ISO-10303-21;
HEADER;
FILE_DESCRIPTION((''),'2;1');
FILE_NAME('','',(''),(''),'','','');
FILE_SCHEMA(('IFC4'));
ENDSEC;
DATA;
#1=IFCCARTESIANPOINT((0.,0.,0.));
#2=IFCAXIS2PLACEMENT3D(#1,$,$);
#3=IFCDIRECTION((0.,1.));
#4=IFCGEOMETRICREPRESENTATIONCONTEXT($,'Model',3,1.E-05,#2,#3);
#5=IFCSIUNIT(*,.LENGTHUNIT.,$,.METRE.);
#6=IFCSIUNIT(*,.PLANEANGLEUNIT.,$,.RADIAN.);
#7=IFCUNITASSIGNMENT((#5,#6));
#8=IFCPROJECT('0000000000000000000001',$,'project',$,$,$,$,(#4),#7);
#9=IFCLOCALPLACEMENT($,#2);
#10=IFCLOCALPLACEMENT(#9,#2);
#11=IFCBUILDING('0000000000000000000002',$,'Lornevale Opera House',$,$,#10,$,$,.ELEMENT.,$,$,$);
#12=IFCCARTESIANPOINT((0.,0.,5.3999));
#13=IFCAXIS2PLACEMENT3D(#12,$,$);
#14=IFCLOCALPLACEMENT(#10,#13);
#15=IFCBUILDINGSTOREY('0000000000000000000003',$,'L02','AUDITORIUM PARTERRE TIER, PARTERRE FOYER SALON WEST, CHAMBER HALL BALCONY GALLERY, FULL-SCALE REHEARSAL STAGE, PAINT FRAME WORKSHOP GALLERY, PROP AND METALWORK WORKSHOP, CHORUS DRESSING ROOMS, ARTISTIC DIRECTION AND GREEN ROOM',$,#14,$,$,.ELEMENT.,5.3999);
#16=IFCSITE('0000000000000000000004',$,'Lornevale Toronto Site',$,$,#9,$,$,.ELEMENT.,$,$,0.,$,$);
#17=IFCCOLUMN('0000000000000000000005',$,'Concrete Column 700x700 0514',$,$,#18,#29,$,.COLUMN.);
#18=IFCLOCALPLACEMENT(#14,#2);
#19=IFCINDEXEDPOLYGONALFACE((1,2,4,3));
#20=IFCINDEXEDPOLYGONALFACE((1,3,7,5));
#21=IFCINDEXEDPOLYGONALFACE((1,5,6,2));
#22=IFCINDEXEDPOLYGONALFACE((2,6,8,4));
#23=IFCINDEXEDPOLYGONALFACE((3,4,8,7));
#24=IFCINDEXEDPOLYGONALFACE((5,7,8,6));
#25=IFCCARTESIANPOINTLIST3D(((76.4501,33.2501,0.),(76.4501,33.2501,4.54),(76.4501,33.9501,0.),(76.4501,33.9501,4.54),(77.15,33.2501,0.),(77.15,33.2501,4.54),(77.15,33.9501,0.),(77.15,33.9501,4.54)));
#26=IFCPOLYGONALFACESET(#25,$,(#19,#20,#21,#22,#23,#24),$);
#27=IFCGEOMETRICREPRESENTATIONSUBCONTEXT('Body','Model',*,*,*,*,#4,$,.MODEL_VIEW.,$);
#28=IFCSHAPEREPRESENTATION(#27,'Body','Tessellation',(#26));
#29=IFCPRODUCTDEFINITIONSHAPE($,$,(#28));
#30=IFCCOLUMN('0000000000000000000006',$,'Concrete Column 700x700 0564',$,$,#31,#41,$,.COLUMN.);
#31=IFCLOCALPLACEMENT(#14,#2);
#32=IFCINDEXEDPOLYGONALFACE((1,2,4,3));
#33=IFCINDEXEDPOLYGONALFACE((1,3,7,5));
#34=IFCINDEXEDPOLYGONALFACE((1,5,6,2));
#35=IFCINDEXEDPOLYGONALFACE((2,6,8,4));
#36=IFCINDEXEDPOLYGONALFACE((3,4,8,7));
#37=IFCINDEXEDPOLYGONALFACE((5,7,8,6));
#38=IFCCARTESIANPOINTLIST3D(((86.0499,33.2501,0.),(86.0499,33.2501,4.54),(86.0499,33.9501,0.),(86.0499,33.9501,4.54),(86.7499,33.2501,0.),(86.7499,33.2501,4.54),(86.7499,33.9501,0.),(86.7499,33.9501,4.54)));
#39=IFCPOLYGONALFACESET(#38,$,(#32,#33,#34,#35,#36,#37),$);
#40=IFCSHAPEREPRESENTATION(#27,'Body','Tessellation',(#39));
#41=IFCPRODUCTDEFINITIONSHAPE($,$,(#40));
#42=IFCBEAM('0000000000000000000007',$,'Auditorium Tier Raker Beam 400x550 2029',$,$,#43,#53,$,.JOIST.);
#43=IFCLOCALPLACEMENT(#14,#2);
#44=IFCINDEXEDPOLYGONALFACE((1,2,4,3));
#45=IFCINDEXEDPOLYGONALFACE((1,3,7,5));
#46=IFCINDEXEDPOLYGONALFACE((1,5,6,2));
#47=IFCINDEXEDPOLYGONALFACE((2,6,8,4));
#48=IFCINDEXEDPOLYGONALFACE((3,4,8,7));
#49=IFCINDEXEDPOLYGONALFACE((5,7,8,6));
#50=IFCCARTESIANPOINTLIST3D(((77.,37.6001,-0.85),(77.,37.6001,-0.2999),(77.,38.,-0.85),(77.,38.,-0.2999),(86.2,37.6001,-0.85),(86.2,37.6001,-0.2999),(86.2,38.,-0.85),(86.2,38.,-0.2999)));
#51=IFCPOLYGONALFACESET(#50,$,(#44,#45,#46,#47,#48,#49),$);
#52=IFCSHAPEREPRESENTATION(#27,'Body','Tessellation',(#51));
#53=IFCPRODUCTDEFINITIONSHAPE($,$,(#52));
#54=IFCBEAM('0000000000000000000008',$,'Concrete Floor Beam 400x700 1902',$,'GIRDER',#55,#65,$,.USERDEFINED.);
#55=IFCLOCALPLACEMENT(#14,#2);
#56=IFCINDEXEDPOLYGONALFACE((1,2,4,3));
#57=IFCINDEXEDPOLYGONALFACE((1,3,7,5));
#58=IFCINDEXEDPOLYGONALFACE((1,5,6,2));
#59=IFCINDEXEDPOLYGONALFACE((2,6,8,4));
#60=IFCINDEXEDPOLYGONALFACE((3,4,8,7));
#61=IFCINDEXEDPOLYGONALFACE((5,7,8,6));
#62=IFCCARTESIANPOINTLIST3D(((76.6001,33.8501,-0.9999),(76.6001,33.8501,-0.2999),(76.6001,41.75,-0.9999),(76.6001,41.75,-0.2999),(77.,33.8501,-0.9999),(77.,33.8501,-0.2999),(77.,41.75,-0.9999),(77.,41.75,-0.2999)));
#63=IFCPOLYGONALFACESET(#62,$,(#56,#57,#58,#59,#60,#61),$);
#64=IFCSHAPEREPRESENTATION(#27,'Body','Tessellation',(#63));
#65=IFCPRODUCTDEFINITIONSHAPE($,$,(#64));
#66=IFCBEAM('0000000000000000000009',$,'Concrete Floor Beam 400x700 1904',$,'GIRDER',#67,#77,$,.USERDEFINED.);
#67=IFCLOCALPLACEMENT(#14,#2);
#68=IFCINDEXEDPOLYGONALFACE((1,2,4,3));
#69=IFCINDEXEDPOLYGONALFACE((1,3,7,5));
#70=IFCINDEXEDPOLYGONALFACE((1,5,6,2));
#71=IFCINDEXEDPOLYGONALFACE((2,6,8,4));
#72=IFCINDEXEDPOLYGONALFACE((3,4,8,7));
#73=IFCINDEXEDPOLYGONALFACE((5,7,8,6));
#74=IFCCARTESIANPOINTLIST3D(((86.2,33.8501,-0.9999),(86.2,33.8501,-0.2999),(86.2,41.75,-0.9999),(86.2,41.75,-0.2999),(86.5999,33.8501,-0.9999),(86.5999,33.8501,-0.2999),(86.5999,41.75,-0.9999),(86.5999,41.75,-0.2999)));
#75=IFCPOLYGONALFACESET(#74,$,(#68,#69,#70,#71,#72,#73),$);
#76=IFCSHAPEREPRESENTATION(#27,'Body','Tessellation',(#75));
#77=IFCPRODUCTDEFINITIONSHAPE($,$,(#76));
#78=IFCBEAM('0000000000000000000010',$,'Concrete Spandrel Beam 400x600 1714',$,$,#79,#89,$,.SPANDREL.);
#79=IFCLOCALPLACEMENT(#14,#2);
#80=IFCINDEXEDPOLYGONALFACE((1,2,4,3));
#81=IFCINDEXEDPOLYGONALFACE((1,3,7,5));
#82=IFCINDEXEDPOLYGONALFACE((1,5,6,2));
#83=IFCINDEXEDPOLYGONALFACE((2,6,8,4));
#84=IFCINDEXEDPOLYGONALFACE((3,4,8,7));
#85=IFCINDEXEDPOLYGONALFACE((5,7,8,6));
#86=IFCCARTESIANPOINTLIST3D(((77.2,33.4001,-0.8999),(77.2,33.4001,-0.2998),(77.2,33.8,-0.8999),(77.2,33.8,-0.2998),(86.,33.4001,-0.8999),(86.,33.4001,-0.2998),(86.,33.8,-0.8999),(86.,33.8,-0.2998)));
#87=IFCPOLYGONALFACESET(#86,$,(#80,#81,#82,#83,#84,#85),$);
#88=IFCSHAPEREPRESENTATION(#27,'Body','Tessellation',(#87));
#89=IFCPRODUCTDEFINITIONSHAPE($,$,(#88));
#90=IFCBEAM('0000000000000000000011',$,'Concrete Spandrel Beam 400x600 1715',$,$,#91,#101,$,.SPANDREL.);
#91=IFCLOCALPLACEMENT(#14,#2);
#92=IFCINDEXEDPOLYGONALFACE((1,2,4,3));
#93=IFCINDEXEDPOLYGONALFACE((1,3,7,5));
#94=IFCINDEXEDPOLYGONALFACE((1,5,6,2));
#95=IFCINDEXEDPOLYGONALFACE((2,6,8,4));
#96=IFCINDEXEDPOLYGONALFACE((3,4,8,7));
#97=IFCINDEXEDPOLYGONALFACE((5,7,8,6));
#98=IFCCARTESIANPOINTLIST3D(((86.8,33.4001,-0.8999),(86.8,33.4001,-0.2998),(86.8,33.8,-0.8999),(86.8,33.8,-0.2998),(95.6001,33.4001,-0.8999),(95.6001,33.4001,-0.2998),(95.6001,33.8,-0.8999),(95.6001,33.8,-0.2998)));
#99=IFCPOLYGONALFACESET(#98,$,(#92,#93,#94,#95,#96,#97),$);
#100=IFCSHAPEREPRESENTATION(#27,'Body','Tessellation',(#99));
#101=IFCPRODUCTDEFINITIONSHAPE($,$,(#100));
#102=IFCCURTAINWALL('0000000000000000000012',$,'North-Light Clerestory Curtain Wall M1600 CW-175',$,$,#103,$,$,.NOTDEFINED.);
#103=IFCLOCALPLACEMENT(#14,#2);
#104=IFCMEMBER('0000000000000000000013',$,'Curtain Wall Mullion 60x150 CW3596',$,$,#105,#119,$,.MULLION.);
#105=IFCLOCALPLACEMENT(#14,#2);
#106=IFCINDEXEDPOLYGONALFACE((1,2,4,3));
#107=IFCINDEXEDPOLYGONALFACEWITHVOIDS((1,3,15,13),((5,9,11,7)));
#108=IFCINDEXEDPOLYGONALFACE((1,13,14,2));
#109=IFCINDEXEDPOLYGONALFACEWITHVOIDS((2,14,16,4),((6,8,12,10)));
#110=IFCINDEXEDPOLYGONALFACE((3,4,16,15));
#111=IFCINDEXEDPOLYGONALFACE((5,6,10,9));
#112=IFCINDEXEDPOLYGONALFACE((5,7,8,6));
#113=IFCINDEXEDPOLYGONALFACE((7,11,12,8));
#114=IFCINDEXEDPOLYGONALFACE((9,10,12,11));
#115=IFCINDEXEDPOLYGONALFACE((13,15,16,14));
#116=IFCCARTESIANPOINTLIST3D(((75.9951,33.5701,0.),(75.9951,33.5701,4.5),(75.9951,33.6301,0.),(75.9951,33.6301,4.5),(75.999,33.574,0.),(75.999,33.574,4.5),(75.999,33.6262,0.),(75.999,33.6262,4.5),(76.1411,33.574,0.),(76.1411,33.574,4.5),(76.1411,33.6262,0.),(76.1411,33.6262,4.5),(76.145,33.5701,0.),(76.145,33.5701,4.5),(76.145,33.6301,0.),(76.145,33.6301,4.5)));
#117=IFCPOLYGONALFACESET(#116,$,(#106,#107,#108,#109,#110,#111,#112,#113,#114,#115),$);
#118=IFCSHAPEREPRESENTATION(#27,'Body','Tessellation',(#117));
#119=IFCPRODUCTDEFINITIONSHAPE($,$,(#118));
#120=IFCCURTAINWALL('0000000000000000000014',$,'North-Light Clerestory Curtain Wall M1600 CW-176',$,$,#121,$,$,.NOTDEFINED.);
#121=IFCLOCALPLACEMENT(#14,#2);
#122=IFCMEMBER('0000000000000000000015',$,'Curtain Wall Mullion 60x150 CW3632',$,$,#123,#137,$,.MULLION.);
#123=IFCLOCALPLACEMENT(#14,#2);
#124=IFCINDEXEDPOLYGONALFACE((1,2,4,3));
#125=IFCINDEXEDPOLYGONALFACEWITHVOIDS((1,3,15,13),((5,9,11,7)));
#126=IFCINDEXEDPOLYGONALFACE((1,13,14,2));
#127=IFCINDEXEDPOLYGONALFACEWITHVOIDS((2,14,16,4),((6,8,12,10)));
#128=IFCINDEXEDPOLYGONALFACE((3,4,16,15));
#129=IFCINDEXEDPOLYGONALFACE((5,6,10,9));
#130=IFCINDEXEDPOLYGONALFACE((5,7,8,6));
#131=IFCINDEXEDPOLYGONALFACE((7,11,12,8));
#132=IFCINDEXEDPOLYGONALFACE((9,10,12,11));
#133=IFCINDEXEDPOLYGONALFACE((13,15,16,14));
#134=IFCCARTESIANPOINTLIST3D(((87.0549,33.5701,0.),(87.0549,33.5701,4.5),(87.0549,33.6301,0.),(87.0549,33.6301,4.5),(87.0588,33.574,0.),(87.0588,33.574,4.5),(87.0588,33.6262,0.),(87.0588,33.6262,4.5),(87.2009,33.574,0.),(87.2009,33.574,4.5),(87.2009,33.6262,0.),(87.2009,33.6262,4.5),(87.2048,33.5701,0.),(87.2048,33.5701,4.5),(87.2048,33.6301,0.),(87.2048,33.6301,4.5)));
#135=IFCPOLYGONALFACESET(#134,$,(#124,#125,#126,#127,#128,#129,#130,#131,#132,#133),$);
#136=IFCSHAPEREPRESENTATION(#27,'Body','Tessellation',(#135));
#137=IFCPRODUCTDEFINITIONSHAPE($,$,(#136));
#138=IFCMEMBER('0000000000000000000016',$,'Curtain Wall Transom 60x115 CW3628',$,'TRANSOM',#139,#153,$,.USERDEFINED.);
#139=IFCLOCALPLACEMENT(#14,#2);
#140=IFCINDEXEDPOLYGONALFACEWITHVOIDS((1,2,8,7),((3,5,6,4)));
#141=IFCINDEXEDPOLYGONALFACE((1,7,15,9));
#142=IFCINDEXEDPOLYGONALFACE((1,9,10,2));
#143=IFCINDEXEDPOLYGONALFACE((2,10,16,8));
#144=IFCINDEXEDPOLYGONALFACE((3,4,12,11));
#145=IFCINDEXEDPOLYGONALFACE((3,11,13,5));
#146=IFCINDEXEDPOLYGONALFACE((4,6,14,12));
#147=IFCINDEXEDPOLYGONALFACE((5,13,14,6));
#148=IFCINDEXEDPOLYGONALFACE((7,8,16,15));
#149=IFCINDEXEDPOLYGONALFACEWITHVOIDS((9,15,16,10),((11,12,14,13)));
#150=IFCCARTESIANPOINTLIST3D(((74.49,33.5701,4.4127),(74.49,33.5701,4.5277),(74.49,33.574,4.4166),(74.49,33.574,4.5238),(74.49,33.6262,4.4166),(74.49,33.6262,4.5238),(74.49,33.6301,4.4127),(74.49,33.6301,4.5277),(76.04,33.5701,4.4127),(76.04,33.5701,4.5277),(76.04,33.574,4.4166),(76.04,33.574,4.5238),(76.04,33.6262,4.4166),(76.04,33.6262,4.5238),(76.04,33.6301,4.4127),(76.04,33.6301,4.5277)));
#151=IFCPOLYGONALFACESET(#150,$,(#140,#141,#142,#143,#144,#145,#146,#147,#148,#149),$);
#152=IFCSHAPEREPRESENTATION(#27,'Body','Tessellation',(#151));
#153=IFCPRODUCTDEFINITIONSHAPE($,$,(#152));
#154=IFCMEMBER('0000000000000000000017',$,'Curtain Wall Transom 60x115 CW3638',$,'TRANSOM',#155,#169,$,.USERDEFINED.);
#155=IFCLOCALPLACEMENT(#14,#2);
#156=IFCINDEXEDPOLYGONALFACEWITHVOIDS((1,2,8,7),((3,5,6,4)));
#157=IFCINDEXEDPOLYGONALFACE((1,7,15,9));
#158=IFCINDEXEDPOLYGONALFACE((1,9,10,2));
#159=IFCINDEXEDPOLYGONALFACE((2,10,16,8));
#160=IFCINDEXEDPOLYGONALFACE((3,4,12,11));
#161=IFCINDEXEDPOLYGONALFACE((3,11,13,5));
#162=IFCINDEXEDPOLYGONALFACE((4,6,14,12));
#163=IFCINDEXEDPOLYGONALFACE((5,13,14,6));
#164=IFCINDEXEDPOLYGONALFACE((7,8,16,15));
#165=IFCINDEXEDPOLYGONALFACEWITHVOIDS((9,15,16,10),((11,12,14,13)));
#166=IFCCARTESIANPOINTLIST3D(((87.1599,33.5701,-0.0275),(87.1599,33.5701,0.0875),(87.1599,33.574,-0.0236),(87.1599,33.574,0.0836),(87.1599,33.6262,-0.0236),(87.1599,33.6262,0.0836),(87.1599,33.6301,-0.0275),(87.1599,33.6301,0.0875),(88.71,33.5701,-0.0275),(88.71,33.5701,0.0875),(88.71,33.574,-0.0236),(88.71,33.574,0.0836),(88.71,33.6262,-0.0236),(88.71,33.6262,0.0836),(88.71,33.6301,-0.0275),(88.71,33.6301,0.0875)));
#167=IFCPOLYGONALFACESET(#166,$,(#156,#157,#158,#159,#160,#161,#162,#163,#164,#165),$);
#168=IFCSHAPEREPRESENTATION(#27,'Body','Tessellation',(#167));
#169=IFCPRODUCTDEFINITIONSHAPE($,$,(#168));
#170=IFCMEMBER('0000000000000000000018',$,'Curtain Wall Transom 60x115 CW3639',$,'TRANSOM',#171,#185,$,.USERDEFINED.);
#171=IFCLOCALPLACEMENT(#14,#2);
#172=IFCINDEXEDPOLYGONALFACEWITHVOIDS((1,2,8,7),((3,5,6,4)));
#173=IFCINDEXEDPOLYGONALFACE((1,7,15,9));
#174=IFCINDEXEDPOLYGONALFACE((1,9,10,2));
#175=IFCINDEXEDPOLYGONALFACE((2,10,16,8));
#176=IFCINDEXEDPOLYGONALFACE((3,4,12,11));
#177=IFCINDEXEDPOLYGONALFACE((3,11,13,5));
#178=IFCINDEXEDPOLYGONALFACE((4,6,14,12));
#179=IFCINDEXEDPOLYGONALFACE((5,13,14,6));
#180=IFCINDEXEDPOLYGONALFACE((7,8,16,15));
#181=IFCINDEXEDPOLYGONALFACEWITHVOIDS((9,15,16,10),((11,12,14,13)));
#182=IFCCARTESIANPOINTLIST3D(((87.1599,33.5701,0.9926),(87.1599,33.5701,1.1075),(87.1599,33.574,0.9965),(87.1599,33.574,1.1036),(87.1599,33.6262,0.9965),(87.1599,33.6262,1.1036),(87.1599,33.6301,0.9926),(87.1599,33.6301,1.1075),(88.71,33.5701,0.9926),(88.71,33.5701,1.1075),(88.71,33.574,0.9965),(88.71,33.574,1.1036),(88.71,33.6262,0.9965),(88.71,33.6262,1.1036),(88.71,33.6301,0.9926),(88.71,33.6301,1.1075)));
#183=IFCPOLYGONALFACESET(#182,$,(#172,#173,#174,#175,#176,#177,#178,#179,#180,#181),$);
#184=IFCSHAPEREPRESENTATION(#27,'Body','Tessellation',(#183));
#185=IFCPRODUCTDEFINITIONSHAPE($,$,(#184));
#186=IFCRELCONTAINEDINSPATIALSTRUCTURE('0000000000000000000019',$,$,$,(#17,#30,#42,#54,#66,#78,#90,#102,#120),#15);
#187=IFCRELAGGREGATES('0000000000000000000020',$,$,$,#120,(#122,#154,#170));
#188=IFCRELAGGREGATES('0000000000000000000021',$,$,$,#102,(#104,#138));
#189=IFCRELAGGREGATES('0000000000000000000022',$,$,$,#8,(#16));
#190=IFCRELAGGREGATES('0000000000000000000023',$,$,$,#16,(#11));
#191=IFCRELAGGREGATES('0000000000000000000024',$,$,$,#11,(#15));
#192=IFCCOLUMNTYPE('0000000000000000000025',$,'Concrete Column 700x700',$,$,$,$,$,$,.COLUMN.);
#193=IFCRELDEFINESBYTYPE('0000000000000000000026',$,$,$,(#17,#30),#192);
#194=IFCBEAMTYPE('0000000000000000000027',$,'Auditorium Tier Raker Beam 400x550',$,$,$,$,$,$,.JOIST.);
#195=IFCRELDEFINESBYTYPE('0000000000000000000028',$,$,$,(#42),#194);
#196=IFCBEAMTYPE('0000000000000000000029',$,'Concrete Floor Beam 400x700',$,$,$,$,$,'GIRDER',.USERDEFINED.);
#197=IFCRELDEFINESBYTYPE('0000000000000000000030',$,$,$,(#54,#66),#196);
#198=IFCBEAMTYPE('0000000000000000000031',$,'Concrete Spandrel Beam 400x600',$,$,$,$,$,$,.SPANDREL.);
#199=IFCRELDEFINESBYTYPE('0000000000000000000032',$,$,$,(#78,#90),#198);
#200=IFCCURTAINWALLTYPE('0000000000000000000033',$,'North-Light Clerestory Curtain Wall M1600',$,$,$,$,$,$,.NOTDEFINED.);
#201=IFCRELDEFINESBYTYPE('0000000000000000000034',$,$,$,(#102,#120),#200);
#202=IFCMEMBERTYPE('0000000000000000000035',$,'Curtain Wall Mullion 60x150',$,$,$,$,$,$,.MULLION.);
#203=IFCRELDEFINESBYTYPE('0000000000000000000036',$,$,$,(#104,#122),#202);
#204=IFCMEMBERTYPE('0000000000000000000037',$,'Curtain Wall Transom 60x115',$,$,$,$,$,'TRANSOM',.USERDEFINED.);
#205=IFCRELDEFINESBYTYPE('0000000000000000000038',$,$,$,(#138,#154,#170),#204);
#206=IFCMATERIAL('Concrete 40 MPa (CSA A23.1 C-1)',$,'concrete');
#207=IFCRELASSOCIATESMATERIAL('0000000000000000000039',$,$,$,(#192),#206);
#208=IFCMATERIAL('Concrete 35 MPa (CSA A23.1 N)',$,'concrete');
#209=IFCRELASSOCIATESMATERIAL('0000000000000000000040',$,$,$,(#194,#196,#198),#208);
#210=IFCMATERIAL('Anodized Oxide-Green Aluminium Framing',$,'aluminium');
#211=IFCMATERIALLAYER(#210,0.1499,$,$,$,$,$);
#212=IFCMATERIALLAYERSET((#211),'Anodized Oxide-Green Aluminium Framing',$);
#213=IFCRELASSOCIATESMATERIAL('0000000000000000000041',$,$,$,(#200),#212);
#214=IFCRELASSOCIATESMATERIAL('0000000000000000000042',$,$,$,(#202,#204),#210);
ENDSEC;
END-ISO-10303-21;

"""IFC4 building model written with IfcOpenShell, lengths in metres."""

from ifc_helpers import new_model, si_unit, direction, frame, origin, origin_2d, place, context, subcontext, project, spatial, rectangle, hollow_rectangle, extrude, material, layer, layer_set, material_profile, profile_set, type_object, element, aggregate, save


model = new_model("IFC4")

# Units and contexts
model_context = context("Model", 3, precision=1e-05, world=origin(), true_north=direction((0.0, 1.0)))
body_context = subcontext(model_context, "Body", "Model", "MODEL_VIEW")
ifc_project = project(units=[si_unit("LENGTHUNIT", "METRE"), si_unit("PLANEANGLEUNIT", "RADIAN")], contexts=[model_context])

# Site, building, storey
site_placement = place(None, origin())
site = spatial("IfcSite", under=ifc_project, at=site_placement, Name="Lornevale Toronto Site", CompositionType="ELEMENT", RefElevation=0.0)
building_placement = place(site_placement, origin())
building = spatial("IfcBuilding", under=site, at=building_placement, Name="Lornevale Opera House", CompositionType="ELEMENT")
storey_placement = place(building_placement, frame((0.0, 0.0, 5.3999)))
storey = spatial("IfcBuildingStorey", under=building, at=storey_placement, Name="L02", Description="AUDITORIUM PARTERRE TIER, PARTERRE FOYER SALON WEST, CHAMBER HALL BALCONY GALLERY, FULL-SCALE REHEARSAL STAGE, PAINT FRAME WORKSHOP GALLERY, PROP AND METALWORK WORKSHOP, CHORUS DRESSING ROOMS, ARTISTIC DIRECTION AND GREEN ROOM", CompositionType="ELEMENT", Elevation=5.3999)

# Columns
ifc_material_1 = material(Name="Concrete 40 MPa (CSA A23.1 C-1)", Category="concrete")
ifc_material_profile_1 = material_profile(ifc_material_1, rectangle(XDim=0.7, YDim=0.7, at=origin_2d()), Name="RC700x700")
ifc_profile_set_1 = profile_set([ifc_material_profile_1], Name="Concrete 40 MPa (CSA A23.1 C-1)")
column_type = type_object("IfcColumnType", Name="Concrete Column 700x700", PredefinedType="COLUMN", material=ifc_profile_set_1)
for number, where, z_axis, x_axis, name in (
    (1, (76.8, 33.6001, 0.0), (0.0, 0.0, 1.0), (1.0, 0.0, 0.0), "Concrete Column 700x700 0514"),
    (2, (86.3999, 33.6001, 0.0), (0.0, 0.0, 1.0), (1.0, 0.0, 0.0), "Concrete Column 700x700 0564"),
):
    element("IfcColumn", number, at=place(storey_placement, frame(where, z_axis=z_axis, x_axis=x_axis)), inside=storey, type_object=column_type, Name=name, PredefinedType="COLUMN", context=body_context, shape_type="SweptSolid", body=[
        extrude(rectangle(XDim=0.7, YDim=0.7, at=origin_2d()), origin(), (0.0, 0.0, 1.0), 4.54),
    ])

# Beams
ifc_material_2 = material(Name="Concrete 35 MPa (CSA A23.1 N)", Category="concrete")
ifc_material_profile_2 = material_profile(ifc_material_2, rectangle(XDim=0.3999, YDim=0.55, at=origin_2d()), Name="RC400x550")
ifc_profile_set_2 = profile_set([ifc_material_profile_2], Name="Concrete 35 MPa (CSA A23.1 N)")
beam_type_1 = type_object("IfcBeamType", Name="Auditorium Tier Raker Beam 400x550", PredefinedType="JOIST", material=ifc_profile_set_2)
beam_placement = place(storey_placement, frame((77.0, 37.8, -0.575), z_axis=(1.0, 0.0, 0.0), x_axis=(0.0, 1.0, 0.0)))
element("IfcBeam", 3, at=beam_placement, inside=storey, type_object=beam_type_1, Name="Auditorium Tier Raker Beam 400x550 2029", PredefinedType="JOIST", context=body_context, shape_type="SweptSolid", body=[
    extrude(rectangle(XDim=0.3999, YDim=0.55, at=origin_2d()), origin(), (0.0, 0.0, 1.0), 9.2),
])
ifc_material_profile_3 = material_profile(ifc_material_2, rectangle(XDim=0.3999, YDim=0.7, at=origin_2d()), Name="RC400x700")
ifc_profile_set_3 = profile_set([ifc_material_profile_3], Name="Concrete 35 MPa (CSA A23.1 N)")
beam_type_2 = type_object("IfcBeamType", Name="Concrete Floor Beam 400x700", ElementType="GIRDER", PredefinedType="USERDEFINED", material=ifc_profile_set_3)
for number, where, z_axis, x_axis, name in (
    (4, (76.8, 33.8501, -0.6499), (0.0, 1.0, 0.0), (-1.0, 0.0, 0.0), "Concrete Floor Beam 400x700 1902"),
    (5, (86.3999, 33.8501, -0.6499), (0.0, 1.0, 0.0), (-1.0, 0.0, 0.0), "Concrete Floor Beam 400x700 1904"),
):
    element("IfcBeam", number, at=place(storey_placement, frame(where, z_axis=z_axis, x_axis=x_axis)), inside=storey, type_object=beam_type_2, Name=name, ObjectType="GIRDER", PredefinedType="USERDEFINED", context=body_context, shape_type="SweptSolid", body=[
        extrude(rectangle(XDim=0.3999, YDim=0.7, at=origin_2d()), origin(), (0.0, 0.0, 1.0), 7.8999),
    ])
ifc_material_profile_4 = material_profile(ifc_material_2, rectangle(XDim=0.3999, YDim=0.6001, at=origin_2d()), Name="RC400x600")
ifc_profile_set_4 = profile_set([ifc_material_profile_4], Name="Concrete 35 MPa (CSA A23.1 N)")
beam_type_3 = type_object("IfcBeamType", Name="Concrete Spandrel Beam 400x600", PredefinedType="SPANDREL", material=ifc_profile_set_4)
for number, where, z_axis, x_axis, name in (
    (6, (77.2, 33.6001, -0.5999), (1.0, 0.0, 0.0), (0.0, 1.0, 0.0), "Concrete Spandrel Beam 400x600 1714"),
    (7, (86.8, 33.6001, -0.5999), (1.0, 0.0, 0.0), (0.0, 1.0, 0.0), "Concrete Spandrel Beam 400x600 1715"),
):
    element("IfcBeam", number, at=place(storey_placement, frame(where, z_axis=z_axis, x_axis=x_axis)), inside=storey, type_object=beam_type_3, Name=name, PredefinedType="SPANDREL", context=body_context, shape_type="SweptSolid", body=[
        extrude(rectangle(XDim=0.3999, YDim=0.6001, at=origin_2d()), origin(), (0.0, 0.0, 1.0), 8.8),
    ])

# Curtain walls, members
ifc_material_3 = material(Name="Anodized Oxide-Green Aluminium Framing", Category="aluminium")
ifc_layer_1 = layer(ifc_material_3, 0.1499)
ifc_layer_set_1 = layer_set([ifc_layer_1], Name="Anodized Oxide-Green Aluminium Framing")
curtain_wall_type = type_object("IfcCurtainWallType", Name="North-Light Clerestory Curtain Wall M1600", PredefinedType="NOTDEFINED", material=ifc_layer_set_1)
curtain_wall_1_placement = place(storey_placement, origin())
curtain_wall_1 = element("IfcCurtainWall", 8, at=curtain_wall_1_placement, inside=storey, type_object=curtain_wall_type, Name="North-Light Clerestory Curtain Wall M1600 CW-175", PredefinedType="NOTDEFINED")
ifc_material_profile_5 = material_profile(ifc_material_3, hollow_rectangle(XDim=0.0601, YDim=0.1499, WallThickness=0.0039, at=origin_2d()), Name="ALU60x150x4")
ifc_profile_set_5 = profile_set([ifc_material_profile_5], Name="Anodized Oxide-Green Aluminium Framing")
member_type_1 = type_object("IfcMemberType", Name="Curtain Wall Mullion 60x150", PredefinedType="MULLION", material=ifc_profile_set_5)
member_1_placement = place(storey_placement, frame((76.0701, 33.6001, 0.0), z_axis=(0.0, 0.0, 1.0), x_axis=(0.0, 1.0, 0.0)))
member_1 = element("IfcMember", 9, at=member_1_placement, type_object=member_type_1, Name="Curtain Wall Mullion 60x150 CW3596", PredefinedType="MULLION", context=body_context, shape_type="SweptSolid", body=[
    extrude(hollow_rectangle(XDim=0.0601, YDim=0.1499, WallThickness=0.0039, at=origin_2d()), origin(), (0.0, 0.0, 1.0), 4.5),
])
curtain_wall_2_placement = place(storey_placement, origin())
curtain_wall_2 = element("IfcCurtainWall", 10, at=curtain_wall_2_placement, inside=storey, type_object=curtain_wall_type, Name="North-Light Clerestory Curtain Wall M1600 CW-176", PredefinedType="NOTDEFINED")
member_2_placement = place(storey_placement, frame((87.1299, 33.6001, 0.0), z_axis=(0.0, 0.0, 1.0), x_axis=(0.0, 1.0, 0.0)))
member_2 = element("IfcMember", 11, at=member_2_placement, type_object=member_type_1, Name="Curtain Wall Mullion 60x150 CW3632", PredefinedType="MULLION", context=body_context, shape_type="SweptSolid", body=[
    extrude(hollow_rectangle(XDim=0.0601, YDim=0.1499, WallThickness=0.0039, at=origin_2d()), origin(), (0.0, 0.0, 1.0), 4.5),
])

# Members
ifc_material_profile_6 = material_profile(ifc_material_3, hollow_rectangle(XDim=0.0601, YDim=0.115, WallThickness=0.0039, at=origin_2d()), Name="ALU60x115x4")
ifc_profile_set_6 = profile_set([ifc_material_profile_6], Name="Anodized Oxide-Green Aluminium Framing")
member_type_2 = type_object("IfcMemberType", Name="Curtain Wall Transom 60x115", ElementType="TRANSOM", PredefinedType="USERDEFINED", material=ifc_profile_set_6)
member_3_placement = place(storey_placement, frame((74.49, 33.6001, 4.4702), z_axis=(1.0, 0.0, 0.0), x_axis=(0.0, 1.0, 0.0)))
member_3 = element("IfcMember", 12, at=member_3_placement, type_object=member_type_2, Name="Curtain Wall Transom 60x115 CW3628", ObjectType="TRANSOM", PredefinedType="USERDEFINED", context=body_context, shape_type="SweptSolid", body=[
    extrude(hollow_rectangle(XDim=0.0601, YDim=0.115, WallThickness=0.0039, at=origin_2d()), origin(), (0.0, 0.0, 1.0), 1.55),
])
member_4_placement = place(storey_placement, frame((87.1599, 33.6001, 0.03), z_axis=(1.0, 0.0, 0.0), x_axis=(0.0, 1.0, 0.0)))
member_4 = element("IfcMember", 13, at=member_4_placement, type_object=member_type_2, Name="Curtain Wall Transom 60x115 CW3638", ObjectType="TRANSOM", PredefinedType="USERDEFINED", context=body_context, shape_type="SweptSolid", body=[
    extrude(hollow_rectangle(XDim=0.0601, YDim=0.115, WallThickness=0.0039, at=origin_2d()), origin(), (0.0, 0.0, 1.0), 1.55),
])
member_5_placement = place(storey_placement, frame((87.1599, 33.6001, 1.05), z_axis=(1.0, 0.0, 0.0), x_axis=(0.0, 1.0, 0.0)))
member_5 = element("IfcMember", 14, at=member_5_placement, type_object=member_type_2, Name="Curtain Wall Transom 60x115 CW3639", ObjectType="TRANSOM", PredefinedType="USERDEFINED", context=body_context, shape_type="SweptSolid", body=[
    extrude(hollow_rectangle(XDim=0.0601, YDim=0.115, WallThickness=0.0039, at=origin_2d()), origin(), (0.0, 0.0, 1.0), 1.55),
])
aggregate(curtain_wall_2, [member_2, member_4, member_5])

aggregate(curtain_wall_1, [member_1, member_3])

save(model, "model.ifc")
